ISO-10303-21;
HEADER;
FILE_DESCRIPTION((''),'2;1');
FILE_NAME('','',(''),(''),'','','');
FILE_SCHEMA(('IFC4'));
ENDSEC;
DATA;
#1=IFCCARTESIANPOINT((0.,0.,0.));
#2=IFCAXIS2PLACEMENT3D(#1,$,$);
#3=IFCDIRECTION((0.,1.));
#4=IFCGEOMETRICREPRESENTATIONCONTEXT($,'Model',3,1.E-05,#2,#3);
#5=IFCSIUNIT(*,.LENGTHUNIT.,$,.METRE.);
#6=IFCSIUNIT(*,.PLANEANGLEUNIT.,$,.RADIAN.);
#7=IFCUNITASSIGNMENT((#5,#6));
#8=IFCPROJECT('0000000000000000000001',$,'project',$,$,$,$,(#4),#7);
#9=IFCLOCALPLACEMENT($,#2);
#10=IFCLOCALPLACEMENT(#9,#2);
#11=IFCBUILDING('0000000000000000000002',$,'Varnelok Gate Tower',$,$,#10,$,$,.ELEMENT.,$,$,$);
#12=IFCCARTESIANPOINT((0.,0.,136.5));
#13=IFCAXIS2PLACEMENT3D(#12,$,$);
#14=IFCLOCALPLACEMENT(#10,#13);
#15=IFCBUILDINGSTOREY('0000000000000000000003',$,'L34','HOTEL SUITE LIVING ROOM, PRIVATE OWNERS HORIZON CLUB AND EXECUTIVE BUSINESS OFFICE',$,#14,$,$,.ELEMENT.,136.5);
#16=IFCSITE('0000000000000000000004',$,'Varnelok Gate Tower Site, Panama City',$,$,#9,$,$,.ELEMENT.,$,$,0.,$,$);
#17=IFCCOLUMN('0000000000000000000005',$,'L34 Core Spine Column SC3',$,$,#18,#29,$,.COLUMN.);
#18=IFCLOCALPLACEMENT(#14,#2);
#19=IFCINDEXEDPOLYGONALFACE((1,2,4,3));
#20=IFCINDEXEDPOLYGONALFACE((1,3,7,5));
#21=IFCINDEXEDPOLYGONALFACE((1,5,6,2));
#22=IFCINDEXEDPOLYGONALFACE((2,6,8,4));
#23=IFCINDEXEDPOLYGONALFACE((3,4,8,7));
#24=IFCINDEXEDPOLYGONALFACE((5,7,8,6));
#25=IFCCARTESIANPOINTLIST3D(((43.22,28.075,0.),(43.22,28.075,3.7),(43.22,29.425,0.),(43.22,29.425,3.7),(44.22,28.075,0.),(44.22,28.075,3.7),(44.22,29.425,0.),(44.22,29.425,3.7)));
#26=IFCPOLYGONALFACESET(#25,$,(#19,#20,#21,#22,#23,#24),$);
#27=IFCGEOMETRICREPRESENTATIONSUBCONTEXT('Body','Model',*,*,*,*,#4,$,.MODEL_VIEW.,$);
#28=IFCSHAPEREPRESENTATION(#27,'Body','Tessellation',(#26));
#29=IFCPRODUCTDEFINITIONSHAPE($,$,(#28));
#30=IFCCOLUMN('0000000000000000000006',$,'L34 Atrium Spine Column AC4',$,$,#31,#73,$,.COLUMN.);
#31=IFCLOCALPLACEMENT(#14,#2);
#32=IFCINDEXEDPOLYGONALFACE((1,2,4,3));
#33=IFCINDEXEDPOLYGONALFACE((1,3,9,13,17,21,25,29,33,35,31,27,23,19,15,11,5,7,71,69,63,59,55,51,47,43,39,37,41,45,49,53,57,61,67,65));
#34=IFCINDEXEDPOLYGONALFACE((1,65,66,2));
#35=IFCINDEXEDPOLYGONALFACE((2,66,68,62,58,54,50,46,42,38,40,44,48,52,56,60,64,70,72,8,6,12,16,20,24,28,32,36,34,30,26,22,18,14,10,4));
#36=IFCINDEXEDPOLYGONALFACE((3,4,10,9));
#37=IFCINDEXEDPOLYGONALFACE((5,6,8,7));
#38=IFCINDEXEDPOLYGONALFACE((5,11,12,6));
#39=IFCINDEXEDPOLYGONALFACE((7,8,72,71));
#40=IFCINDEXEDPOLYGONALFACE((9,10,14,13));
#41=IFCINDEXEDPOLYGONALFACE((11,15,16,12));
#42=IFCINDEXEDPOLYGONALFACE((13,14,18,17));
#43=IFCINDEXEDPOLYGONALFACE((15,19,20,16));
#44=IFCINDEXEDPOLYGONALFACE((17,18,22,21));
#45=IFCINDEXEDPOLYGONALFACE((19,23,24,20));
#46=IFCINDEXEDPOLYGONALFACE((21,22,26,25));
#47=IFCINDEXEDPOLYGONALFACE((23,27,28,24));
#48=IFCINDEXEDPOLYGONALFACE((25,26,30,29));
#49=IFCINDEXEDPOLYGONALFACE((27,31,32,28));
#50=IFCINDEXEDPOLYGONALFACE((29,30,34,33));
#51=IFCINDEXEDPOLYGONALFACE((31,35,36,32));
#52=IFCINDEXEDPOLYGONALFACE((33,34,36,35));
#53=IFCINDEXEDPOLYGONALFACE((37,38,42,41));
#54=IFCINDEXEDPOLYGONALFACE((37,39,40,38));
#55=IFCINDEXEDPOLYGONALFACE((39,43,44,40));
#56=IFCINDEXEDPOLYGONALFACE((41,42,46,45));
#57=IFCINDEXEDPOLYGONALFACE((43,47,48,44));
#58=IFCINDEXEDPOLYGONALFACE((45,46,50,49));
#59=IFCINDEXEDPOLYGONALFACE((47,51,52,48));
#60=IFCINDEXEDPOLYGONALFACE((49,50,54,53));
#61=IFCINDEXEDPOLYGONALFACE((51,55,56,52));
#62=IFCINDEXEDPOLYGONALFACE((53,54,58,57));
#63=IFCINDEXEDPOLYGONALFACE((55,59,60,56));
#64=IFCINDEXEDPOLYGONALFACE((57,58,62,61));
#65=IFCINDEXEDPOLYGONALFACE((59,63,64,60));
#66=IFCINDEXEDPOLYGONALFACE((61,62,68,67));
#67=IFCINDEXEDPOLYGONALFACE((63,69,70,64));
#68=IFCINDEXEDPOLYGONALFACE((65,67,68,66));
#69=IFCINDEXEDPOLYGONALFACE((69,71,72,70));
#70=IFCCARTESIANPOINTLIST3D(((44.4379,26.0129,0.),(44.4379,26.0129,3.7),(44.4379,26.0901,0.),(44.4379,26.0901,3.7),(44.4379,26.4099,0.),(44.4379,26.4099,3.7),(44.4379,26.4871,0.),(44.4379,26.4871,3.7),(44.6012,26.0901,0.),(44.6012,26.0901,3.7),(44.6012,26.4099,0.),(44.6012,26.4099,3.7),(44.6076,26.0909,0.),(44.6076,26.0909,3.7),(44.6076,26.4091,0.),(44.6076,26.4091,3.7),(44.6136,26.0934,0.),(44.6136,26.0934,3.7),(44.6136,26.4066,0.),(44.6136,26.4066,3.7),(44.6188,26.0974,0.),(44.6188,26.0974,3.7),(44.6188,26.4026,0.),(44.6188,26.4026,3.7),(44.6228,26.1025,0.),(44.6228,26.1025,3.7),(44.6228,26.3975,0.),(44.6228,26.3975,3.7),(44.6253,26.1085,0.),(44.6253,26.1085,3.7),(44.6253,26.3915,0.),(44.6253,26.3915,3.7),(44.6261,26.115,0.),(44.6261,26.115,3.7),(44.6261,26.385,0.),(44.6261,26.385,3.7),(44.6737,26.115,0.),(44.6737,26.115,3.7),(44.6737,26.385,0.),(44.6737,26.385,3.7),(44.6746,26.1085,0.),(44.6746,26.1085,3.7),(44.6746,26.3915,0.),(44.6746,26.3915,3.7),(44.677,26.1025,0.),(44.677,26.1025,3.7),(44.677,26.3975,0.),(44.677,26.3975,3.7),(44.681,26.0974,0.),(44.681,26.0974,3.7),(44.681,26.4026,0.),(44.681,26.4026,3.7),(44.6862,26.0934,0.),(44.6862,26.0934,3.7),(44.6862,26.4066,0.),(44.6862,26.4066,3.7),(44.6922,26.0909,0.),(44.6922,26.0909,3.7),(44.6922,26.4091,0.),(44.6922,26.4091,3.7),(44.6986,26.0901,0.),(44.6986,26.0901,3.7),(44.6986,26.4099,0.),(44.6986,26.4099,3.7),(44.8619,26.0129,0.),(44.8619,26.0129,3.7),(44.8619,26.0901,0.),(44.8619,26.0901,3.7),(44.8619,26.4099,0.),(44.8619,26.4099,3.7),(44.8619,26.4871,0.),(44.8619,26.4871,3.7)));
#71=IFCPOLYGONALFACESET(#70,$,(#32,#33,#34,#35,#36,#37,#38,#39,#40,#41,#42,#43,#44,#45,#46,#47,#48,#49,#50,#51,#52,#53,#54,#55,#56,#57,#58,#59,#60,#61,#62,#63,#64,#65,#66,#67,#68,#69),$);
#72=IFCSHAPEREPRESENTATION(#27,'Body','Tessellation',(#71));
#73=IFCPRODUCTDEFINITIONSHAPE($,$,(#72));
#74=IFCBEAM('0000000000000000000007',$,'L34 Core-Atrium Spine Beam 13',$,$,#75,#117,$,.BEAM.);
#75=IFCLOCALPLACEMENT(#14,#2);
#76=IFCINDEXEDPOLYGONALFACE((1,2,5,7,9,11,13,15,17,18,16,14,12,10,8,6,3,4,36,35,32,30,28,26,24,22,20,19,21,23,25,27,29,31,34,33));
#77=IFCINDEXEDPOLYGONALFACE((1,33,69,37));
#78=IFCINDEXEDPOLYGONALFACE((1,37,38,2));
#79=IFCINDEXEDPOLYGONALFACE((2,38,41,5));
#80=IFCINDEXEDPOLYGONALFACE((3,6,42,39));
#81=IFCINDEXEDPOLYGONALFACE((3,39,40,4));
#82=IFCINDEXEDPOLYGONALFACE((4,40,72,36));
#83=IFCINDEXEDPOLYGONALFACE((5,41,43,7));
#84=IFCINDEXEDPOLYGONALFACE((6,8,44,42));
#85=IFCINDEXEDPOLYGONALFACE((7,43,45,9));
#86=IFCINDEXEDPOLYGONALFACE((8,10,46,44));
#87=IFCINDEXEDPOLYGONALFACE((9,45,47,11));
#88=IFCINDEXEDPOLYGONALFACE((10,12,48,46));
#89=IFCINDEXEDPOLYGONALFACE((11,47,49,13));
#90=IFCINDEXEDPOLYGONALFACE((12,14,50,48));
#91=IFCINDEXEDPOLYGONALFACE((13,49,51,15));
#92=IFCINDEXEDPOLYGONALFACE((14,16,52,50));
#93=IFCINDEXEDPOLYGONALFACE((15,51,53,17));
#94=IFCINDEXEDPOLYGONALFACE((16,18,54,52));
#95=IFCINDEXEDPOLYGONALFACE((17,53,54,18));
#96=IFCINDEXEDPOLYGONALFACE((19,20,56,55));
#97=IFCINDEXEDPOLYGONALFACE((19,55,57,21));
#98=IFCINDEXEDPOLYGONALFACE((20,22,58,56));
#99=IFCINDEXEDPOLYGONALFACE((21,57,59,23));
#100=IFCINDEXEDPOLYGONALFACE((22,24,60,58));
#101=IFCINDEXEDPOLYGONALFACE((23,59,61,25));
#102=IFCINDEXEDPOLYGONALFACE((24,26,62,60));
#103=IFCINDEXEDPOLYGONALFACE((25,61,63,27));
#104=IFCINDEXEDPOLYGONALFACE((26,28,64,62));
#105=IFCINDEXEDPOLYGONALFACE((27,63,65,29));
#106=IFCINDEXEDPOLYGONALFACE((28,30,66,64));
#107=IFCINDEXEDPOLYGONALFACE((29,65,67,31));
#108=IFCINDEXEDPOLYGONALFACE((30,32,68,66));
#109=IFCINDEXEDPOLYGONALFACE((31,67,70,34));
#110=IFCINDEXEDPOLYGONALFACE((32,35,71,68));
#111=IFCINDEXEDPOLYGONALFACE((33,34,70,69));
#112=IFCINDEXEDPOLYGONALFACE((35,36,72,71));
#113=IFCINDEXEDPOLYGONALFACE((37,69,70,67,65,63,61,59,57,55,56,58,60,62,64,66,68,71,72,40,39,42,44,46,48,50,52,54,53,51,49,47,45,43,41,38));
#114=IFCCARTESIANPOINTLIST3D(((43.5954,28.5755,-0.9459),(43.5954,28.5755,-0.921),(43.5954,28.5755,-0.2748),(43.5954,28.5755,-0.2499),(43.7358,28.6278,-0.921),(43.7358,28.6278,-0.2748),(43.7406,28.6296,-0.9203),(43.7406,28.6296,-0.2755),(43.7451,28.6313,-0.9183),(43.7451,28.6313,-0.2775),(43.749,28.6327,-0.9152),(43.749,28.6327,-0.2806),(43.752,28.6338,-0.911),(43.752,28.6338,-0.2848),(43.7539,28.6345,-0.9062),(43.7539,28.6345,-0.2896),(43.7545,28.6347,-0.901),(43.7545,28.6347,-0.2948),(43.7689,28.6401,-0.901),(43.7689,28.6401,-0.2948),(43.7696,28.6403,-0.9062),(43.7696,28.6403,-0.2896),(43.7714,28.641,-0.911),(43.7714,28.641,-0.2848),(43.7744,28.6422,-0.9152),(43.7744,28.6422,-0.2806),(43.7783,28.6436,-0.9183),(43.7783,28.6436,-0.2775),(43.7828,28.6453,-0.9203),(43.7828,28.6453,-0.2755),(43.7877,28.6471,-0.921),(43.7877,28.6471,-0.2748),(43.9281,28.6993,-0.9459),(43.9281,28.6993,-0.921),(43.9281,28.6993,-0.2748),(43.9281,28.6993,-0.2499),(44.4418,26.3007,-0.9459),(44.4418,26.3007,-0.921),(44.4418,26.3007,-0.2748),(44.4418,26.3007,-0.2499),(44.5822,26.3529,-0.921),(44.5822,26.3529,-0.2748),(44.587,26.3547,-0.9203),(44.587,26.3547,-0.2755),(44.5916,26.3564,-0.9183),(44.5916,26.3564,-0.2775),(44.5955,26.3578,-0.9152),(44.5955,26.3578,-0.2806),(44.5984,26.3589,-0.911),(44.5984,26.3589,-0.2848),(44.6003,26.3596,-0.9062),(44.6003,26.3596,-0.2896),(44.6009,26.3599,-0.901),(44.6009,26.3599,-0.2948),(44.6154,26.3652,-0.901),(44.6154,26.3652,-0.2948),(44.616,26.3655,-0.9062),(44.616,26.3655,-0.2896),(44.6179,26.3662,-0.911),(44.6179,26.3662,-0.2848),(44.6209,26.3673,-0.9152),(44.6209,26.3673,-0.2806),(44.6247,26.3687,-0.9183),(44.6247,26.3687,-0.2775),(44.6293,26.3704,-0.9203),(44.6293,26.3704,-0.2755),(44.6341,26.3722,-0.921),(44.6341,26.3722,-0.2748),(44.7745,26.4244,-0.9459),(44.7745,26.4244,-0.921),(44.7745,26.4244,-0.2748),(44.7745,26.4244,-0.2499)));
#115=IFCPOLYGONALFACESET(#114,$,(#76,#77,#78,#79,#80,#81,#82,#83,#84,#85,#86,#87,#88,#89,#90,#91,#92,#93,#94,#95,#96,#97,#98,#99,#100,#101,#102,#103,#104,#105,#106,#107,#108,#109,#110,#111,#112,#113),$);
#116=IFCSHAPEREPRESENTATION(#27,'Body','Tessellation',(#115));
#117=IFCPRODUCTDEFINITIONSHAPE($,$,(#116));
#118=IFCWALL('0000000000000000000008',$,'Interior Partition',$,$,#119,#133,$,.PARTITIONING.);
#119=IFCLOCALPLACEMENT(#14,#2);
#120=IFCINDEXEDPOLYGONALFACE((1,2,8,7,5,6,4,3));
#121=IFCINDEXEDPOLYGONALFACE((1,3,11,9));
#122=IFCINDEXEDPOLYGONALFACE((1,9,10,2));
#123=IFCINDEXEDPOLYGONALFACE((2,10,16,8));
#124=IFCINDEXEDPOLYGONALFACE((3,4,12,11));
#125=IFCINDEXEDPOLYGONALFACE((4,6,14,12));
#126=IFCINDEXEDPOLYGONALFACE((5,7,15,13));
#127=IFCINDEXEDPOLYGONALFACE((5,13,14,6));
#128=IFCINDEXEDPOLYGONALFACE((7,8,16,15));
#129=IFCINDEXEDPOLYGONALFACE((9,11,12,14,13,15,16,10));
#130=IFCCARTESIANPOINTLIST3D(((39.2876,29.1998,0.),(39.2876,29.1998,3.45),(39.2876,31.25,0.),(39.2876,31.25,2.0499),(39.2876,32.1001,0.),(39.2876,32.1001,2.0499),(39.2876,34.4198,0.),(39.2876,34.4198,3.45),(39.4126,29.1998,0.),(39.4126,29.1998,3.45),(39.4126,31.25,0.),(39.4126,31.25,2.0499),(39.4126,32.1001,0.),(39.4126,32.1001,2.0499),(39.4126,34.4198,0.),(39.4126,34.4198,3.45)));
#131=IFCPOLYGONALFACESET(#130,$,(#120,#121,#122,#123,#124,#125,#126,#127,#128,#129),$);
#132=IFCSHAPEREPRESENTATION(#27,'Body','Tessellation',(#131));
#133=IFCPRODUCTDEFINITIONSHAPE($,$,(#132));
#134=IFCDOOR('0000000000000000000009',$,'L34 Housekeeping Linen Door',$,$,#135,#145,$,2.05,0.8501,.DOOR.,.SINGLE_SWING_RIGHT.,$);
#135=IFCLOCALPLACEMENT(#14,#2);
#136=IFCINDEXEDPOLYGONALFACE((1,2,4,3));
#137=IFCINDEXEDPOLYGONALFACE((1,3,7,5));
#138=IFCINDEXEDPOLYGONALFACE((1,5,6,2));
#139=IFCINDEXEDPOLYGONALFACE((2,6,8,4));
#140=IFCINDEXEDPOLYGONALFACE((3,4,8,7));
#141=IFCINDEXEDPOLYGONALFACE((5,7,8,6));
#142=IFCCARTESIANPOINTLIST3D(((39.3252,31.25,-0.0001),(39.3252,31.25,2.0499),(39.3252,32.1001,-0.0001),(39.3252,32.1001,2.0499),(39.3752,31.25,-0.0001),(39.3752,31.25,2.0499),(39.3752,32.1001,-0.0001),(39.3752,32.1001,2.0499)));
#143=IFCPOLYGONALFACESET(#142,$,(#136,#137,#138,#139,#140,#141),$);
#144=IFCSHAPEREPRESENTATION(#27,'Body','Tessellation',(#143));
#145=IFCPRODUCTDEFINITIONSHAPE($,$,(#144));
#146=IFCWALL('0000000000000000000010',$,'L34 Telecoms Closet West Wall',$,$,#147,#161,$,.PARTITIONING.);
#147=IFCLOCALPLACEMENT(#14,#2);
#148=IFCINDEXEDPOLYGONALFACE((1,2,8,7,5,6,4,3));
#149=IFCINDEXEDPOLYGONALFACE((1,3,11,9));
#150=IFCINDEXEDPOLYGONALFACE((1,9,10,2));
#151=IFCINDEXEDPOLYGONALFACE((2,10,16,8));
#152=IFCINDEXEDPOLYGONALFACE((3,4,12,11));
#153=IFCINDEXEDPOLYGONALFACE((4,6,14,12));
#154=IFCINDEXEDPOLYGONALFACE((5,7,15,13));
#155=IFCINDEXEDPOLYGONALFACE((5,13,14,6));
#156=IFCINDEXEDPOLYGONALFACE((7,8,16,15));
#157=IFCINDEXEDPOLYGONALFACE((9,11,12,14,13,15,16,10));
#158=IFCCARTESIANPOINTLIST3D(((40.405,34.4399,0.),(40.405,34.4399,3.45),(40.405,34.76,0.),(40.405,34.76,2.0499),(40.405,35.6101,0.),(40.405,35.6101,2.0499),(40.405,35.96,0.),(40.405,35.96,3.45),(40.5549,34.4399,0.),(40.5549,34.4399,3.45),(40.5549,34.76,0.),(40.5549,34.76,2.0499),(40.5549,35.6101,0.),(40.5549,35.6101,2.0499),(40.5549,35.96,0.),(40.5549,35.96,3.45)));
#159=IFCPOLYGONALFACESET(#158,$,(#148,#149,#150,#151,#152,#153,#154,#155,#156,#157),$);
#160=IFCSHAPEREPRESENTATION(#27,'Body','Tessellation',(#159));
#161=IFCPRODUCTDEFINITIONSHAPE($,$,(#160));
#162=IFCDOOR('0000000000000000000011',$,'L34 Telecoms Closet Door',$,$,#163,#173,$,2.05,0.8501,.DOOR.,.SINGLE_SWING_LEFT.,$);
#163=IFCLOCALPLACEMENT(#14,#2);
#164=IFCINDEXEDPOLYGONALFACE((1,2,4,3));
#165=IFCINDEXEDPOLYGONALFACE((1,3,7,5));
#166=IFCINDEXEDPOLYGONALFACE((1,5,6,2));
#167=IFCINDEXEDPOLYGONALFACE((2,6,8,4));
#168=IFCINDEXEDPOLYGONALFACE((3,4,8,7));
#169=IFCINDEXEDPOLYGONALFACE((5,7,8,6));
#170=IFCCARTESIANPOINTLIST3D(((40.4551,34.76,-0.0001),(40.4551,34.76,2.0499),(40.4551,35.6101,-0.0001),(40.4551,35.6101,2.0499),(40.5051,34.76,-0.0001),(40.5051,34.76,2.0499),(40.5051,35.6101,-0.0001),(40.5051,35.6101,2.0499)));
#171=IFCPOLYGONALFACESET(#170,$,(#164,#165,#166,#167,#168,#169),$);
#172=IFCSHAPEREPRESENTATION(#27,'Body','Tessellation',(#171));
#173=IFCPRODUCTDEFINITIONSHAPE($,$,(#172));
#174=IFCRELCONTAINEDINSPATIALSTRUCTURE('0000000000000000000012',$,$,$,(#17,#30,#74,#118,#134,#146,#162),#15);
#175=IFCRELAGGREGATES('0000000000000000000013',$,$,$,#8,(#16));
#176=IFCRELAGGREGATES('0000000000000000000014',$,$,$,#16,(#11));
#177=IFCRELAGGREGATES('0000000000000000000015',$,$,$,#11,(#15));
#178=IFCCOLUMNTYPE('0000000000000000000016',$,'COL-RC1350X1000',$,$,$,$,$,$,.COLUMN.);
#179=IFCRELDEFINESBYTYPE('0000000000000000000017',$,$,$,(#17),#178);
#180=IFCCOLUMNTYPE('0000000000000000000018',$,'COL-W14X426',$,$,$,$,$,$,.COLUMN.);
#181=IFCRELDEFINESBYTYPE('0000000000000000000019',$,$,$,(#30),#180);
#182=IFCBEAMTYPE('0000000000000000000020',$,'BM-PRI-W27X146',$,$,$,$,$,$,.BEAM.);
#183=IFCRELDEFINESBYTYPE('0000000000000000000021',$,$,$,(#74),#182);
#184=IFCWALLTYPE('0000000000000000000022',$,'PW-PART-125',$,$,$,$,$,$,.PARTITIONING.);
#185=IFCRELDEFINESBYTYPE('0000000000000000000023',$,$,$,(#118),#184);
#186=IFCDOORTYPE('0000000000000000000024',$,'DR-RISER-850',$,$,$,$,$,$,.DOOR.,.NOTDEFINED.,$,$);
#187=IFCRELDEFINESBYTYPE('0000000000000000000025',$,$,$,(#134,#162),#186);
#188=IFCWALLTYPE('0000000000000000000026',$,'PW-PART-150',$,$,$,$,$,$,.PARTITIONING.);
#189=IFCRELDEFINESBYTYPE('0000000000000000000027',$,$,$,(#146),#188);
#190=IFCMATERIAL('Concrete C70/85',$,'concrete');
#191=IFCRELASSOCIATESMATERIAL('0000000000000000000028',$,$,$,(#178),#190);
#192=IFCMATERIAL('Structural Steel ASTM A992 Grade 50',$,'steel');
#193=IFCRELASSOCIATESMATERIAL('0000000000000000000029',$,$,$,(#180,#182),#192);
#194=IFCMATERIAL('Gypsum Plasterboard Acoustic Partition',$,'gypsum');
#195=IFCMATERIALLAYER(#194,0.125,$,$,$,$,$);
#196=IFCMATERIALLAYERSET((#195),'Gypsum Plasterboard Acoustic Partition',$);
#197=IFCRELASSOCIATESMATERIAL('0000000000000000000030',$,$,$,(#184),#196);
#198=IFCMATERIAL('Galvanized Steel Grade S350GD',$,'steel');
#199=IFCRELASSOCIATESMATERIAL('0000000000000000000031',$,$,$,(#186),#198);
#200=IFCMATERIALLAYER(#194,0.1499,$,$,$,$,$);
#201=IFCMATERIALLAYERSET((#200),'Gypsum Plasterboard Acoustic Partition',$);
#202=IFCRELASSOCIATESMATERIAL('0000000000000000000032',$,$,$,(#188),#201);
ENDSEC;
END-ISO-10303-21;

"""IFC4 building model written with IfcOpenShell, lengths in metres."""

from ifc_helpers import new_model, si_unit, direction, frame, frame_2d, origin, origin_2d, place, context, subcontext, project, spatial, rectangle, i_section, extrude, material, layer, layer_set, material_profile, profile_set, type_object, element, fill, save


model = new_model("IFC4")

# Units and contexts
model_context = context("Model", 3, precision=1e-05, world=origin(), true_north=direction((0.0, 1.0)))
body_context = subcontext(model_context, "Body", "Model", "MODEL_VIEW")
ifc_project = project(units=[si_unit("LENGTHUNIT", "METRE"), si_unit("PLANEANGLEUNIT", "RADIAN")], contexts=[model_context])

# Site, building, storey
site_placement = place(None, origin())
site = spatial("IfcSite", under=ifc_project, at=site_placement, Name="Varnelok Gate Tower Site, Panama City", CompositionType="ELEMENT", RefElevation=0.0)
building_placement = place(site_placement, origin())
building = spatial("IfcBuilding", under=site, at=building_placement, Name="Varnelok Gate Tower", CompositionType="ELEMENT")
storey_placement = place(building_placement, frame((0.0, 0.0, 136.5)))
storey = spatial("IfcBuildingStorey", under=building, at=storey_placement, Name="L34", Description="HOTEL SUITE LIVING ROOM, PRIVATE OWNERS HORIZON CLUB AND EXECUTIVE BUSINESS OFFICE", CompositionType="ELEMENT", Elevation=136.5)

# Columns
ifc_material_1 = material(Name="Concrete C70/85", Category="concrete")
ifc_material_profile_1 = material_profile(ifc_material_1, rectangle(XDim=1.0, YDim=1.3501, at=origin_2d()), Name="RC1350X1000")
ifc_profile_set_1 = profile_set([ifc_material_profile_1], Name="Concrete C70/85")
column_type_1 = type_object("IfcColumnType", Name="COL-RC1350X1000", PredefinedType="COLUMN", material=ifc_profile_set_1)
column_1_placement = place(storey_placement, frame((43.72, 28.75, 0.0), z_axis=(0.0, 0.0, 1.0), x_axis=(1.0, 0.0, 0.0)))
element("IfcColumn", 1, at=column_1_placement, inside=storey, type_object=column_type_1, Name="L34 Core Spine Column SC3", PredefinedType="COLUMN", context=body_context, shape_type="SweptSolid", body=[
    extrude(rectangle(XDim=1.0, YDim=1.3501, at=origin_2d()), origin(), (0.0, 0.0, 1.0), 3.7),
])
ifc_material_2 = material(Name="Structural Steel ASTM A992 Grade 50", Category="steel")
ifc_material_profile_2 = material_profile(ifc_material_2, i_section(OverallWidth=0.4241, OverallDepth=0.4741, WebThickness=0.0476, FlangeThickness=0.0771, FilletRadius=0.0249, at=origin_2d()), Name="W14X426")
ifc_profile_set_2 = profile_set([ifc_material_profile_2], Name="Structural Steel ASTM A992 Grade 50")
column_type_2 = type_object("IfcColumnType", Name="COL-W14X426", PredefinedType="COLUMN", material=ifc_profile_set_2)
column_2_placement = place(storey_placement, frame((44.6499, 26.25, 0.0), z_axis=(0.0, 0.0, 1.0), x_axis=(1.0, 0.0, 0.0)))
element("IfcColumn", 2, at=column_2_placement, inside=storey, type_object=column_type_2, Name="L34 Atrium Spine Column AC4", PredefinedType="COLUMN", context=body_context, shape_type="SweptSolid", body=[
    extrude(i_section(OverallWidth=0.4241, OverallDepth=0.4741, WebThickness=0.0476, FlangeThickness=0.0771, FilletRadius=0.0249, at=origin_2d()), origin(), (0.0, 0.0, 1.0), 3.7),
])

# Beam
ifc_material_profile_3 = material_profile(ifc_material_2, i_section(OverallWidth=0.355, OverallDepth=0.696, WebThickness=0.0154, FlangeThickness=0.0249, FilletRadius=0.02, at=origin_2d()), Name="W27X146")
ifc_profile_set_3 = profile_set([ifc_material_profile_3], Name="Structural Steel ASTM A992 Grade 50")
beam_type = type_object("IfcBeamType", Name="BM-PRI-W27X146", PredefinedType="BEAM", material=ifc_profile_set_3)
beam_placement = place(storey_placement, frame((44.6082, 26.3625, -0.5979), z_axis=(-0.348719, 0.937227, 0.0), x_axis=(-0.937227, -0.348719, 0.0)))
element("IfcBeam", 3, at=beam_placement, inside=storey, type_object=beam_type, Name="L34 Core-Atrium Spine Beam 13", PredefinedType="BEAM", context=body_context, shape_type="SweptSolid", body=[
    extrude(i_section(OverallWidth=0.355, OverallDepth=0.696, WebThickness=0.0154, FlangeThickness=0.0249, FilletRadius=0.02, at=origin_2d()), origin(), (0.0, 0.0, 1.0), 2.4272),
])

# Walls, openings, doors
ifc_material_3 = material(Name="Gypsum Plasterboard Acoustic Partition", Category="gypsum")
ifc_layer_1 = layer(ifc_material_3, 0.125)
ifc_layer_set_1 = layer_set([ifc_layer_1], Name="Gypsum Plasterboard Acoustic Partition")
wall_type_1 = type_object("IfcWallType", Name="PW-PART-125", PredefinedType="PARTITIONING", material=ifc_layer_set_1)
wall_1_placement = place(storey_placement, frame((39.3501, 29.2, 0.0), z_axis=(0.0, 0.0, 1.0), x_axis=(0.0, 1.0, 0.0)))
wall_1 = element("IfcWall", 4, at=wall_1_placement, inside=storey, type_object=wall_type_1, Name="Interior Partition", PredefinedType="PARTITIONING", context=body_context, shape_type="SweptSolid", body=[
    extrude(rectangle(XDim=5.22, YDim=0.125, at=frame_2d((2.6099, 0.0))), origin(), (0.0, 0.0, 1.0), 3.45),
])
opening_1_placement = place(wall_1_placement, frame((2.05, 0.0, 0.0)))
opening_1 = element("IfcOpeningElement", 5, at=opening_1_placement, cuts=wall_1, PredefinedType="OPENING", context=body_context, shape_type="SweptSolid", body=[
    extrude(rectangle(XDim=0.8501, YDim=2.05, at=frame_2d((0.425, 1.0249))), frame((0.0, 0.0725, 0.0), z_axis=(0.0, -1.0, 0.0), x_axis=(1.0, 0.0, 0.0)), (0.0, 0.0, 1.0), 0.145),
])
ifc_material_4 = material(Name="Galvanized Steel Grade S350GD", Category="steel")
door_type_1 = type_object("IfcDoorType", Name="DR-RISER-850", OperationType="NOTDEFINED", PredefinedType="DOOR", material=ifc_material_4)
door_1_placement = place(opening_1_placement, origin())
door_1 = element("IfcDoor", 6, at=door_1_placement, inside=storey, type_object=door_type_1, Name="L34 Housekeeping Linen Door", OperationType="SINGLE_SWING_RIGHT", OverallHeight=2.05, OverallWidth=0.8501, PredefinedType="DOOR", context=body_context, shape_type="SweptSolid", body=[
    extrude(rectangle(XDim=0.8501, YDim=2.05, at=frame_2d((0.425, 1.0249))), frame((0.0, 0.0249, 0.0), z_axis=(0.0, -1.0, 0.0), x_axis=(1.0, 0.0, 0.0)), (0.0, 0.0, 1.0), 0.05),
])
fill(opening_1, door_1)
ifc_layer_2 = layer(ifc_material_3, 0.1499)
ifc_layer_set_2 = layer_set([ifc_layer_2], Name="Gypsum Plasterboard Acoustic Partition")
wall_type_2 = type_object("IfcWallType", Name="PW-PART-150", PredefinedType="PARTITIONING", material=ifc_layer_set_2)
wall_2_placement = place(storey_placement, frame((40.48, 34.4399, 0.0), z_axis=(0.0, 0.0, 1.0), x_axis=(0.0, 1.0, 0.0)))
wall_2 = element("IfcWall", 7, at=wall_2_placement, inside=storey, type_object=wall_type_2, Name="L34 Telecoms Closet West Wall", PredefinedType="PARTITIONING", context=body_context, shape_type="SweptSolid", body=[
    extrude(rectangle(XDim=1.52, YDim=0.1499, at=frame_2d((0.76, 0.0))), origin(), (0.0, 0.0, 1.0), 3.45),
])
opening_2_placement = place(wall_2_placement, frame((0.3201, 0.0, 0.0)))
opening_2 = element("IfcOpeningElement", 8, at=opening_2_placement, cuts=wall_2, PredefinedType="OPENING", context=body_context, shape_type="SweptSolid", body=[
    extrude(rectangle(XDim=0.8501, YDim=2.05, at=frame_2d((0.425, 1.0249))), frame((0.0, 0.085, 0.0), z_axis=(0.0, -1.0, 0.0), x_axis=(1.0, 0.0, 0.0)), (0.0, 0.0, 1.0), 0.1699),
])
door_2_placement = place(opening_2_placement, origin())
door_2 = element("IfcDoor", 9, at=door_2_placement, inside=storey, type_object=door_type_1, Name="L34 Telecoms Closet Door", OperationType="SINGLE_SWING_LEFT", OverallHeight=2.05, OverallWidth=0.8501, PredefinedType="DOOR", context=body_context, shape_type="SweptSolid", body=[
    extrude(rectangle(XDim=0.8501, YDim=2.05, at=frame_2d((0.425, 1.0249))), frame((0.0, 0.0249, 0.0), z_axis=(0.0, -1.0, 0.0), x_axis=(1.0, 0.0, 0.0)), (0.0, 0.0, 1.0), 0.05),
])
fill(opening_2, door_2)

save(model, "model.ifc")
